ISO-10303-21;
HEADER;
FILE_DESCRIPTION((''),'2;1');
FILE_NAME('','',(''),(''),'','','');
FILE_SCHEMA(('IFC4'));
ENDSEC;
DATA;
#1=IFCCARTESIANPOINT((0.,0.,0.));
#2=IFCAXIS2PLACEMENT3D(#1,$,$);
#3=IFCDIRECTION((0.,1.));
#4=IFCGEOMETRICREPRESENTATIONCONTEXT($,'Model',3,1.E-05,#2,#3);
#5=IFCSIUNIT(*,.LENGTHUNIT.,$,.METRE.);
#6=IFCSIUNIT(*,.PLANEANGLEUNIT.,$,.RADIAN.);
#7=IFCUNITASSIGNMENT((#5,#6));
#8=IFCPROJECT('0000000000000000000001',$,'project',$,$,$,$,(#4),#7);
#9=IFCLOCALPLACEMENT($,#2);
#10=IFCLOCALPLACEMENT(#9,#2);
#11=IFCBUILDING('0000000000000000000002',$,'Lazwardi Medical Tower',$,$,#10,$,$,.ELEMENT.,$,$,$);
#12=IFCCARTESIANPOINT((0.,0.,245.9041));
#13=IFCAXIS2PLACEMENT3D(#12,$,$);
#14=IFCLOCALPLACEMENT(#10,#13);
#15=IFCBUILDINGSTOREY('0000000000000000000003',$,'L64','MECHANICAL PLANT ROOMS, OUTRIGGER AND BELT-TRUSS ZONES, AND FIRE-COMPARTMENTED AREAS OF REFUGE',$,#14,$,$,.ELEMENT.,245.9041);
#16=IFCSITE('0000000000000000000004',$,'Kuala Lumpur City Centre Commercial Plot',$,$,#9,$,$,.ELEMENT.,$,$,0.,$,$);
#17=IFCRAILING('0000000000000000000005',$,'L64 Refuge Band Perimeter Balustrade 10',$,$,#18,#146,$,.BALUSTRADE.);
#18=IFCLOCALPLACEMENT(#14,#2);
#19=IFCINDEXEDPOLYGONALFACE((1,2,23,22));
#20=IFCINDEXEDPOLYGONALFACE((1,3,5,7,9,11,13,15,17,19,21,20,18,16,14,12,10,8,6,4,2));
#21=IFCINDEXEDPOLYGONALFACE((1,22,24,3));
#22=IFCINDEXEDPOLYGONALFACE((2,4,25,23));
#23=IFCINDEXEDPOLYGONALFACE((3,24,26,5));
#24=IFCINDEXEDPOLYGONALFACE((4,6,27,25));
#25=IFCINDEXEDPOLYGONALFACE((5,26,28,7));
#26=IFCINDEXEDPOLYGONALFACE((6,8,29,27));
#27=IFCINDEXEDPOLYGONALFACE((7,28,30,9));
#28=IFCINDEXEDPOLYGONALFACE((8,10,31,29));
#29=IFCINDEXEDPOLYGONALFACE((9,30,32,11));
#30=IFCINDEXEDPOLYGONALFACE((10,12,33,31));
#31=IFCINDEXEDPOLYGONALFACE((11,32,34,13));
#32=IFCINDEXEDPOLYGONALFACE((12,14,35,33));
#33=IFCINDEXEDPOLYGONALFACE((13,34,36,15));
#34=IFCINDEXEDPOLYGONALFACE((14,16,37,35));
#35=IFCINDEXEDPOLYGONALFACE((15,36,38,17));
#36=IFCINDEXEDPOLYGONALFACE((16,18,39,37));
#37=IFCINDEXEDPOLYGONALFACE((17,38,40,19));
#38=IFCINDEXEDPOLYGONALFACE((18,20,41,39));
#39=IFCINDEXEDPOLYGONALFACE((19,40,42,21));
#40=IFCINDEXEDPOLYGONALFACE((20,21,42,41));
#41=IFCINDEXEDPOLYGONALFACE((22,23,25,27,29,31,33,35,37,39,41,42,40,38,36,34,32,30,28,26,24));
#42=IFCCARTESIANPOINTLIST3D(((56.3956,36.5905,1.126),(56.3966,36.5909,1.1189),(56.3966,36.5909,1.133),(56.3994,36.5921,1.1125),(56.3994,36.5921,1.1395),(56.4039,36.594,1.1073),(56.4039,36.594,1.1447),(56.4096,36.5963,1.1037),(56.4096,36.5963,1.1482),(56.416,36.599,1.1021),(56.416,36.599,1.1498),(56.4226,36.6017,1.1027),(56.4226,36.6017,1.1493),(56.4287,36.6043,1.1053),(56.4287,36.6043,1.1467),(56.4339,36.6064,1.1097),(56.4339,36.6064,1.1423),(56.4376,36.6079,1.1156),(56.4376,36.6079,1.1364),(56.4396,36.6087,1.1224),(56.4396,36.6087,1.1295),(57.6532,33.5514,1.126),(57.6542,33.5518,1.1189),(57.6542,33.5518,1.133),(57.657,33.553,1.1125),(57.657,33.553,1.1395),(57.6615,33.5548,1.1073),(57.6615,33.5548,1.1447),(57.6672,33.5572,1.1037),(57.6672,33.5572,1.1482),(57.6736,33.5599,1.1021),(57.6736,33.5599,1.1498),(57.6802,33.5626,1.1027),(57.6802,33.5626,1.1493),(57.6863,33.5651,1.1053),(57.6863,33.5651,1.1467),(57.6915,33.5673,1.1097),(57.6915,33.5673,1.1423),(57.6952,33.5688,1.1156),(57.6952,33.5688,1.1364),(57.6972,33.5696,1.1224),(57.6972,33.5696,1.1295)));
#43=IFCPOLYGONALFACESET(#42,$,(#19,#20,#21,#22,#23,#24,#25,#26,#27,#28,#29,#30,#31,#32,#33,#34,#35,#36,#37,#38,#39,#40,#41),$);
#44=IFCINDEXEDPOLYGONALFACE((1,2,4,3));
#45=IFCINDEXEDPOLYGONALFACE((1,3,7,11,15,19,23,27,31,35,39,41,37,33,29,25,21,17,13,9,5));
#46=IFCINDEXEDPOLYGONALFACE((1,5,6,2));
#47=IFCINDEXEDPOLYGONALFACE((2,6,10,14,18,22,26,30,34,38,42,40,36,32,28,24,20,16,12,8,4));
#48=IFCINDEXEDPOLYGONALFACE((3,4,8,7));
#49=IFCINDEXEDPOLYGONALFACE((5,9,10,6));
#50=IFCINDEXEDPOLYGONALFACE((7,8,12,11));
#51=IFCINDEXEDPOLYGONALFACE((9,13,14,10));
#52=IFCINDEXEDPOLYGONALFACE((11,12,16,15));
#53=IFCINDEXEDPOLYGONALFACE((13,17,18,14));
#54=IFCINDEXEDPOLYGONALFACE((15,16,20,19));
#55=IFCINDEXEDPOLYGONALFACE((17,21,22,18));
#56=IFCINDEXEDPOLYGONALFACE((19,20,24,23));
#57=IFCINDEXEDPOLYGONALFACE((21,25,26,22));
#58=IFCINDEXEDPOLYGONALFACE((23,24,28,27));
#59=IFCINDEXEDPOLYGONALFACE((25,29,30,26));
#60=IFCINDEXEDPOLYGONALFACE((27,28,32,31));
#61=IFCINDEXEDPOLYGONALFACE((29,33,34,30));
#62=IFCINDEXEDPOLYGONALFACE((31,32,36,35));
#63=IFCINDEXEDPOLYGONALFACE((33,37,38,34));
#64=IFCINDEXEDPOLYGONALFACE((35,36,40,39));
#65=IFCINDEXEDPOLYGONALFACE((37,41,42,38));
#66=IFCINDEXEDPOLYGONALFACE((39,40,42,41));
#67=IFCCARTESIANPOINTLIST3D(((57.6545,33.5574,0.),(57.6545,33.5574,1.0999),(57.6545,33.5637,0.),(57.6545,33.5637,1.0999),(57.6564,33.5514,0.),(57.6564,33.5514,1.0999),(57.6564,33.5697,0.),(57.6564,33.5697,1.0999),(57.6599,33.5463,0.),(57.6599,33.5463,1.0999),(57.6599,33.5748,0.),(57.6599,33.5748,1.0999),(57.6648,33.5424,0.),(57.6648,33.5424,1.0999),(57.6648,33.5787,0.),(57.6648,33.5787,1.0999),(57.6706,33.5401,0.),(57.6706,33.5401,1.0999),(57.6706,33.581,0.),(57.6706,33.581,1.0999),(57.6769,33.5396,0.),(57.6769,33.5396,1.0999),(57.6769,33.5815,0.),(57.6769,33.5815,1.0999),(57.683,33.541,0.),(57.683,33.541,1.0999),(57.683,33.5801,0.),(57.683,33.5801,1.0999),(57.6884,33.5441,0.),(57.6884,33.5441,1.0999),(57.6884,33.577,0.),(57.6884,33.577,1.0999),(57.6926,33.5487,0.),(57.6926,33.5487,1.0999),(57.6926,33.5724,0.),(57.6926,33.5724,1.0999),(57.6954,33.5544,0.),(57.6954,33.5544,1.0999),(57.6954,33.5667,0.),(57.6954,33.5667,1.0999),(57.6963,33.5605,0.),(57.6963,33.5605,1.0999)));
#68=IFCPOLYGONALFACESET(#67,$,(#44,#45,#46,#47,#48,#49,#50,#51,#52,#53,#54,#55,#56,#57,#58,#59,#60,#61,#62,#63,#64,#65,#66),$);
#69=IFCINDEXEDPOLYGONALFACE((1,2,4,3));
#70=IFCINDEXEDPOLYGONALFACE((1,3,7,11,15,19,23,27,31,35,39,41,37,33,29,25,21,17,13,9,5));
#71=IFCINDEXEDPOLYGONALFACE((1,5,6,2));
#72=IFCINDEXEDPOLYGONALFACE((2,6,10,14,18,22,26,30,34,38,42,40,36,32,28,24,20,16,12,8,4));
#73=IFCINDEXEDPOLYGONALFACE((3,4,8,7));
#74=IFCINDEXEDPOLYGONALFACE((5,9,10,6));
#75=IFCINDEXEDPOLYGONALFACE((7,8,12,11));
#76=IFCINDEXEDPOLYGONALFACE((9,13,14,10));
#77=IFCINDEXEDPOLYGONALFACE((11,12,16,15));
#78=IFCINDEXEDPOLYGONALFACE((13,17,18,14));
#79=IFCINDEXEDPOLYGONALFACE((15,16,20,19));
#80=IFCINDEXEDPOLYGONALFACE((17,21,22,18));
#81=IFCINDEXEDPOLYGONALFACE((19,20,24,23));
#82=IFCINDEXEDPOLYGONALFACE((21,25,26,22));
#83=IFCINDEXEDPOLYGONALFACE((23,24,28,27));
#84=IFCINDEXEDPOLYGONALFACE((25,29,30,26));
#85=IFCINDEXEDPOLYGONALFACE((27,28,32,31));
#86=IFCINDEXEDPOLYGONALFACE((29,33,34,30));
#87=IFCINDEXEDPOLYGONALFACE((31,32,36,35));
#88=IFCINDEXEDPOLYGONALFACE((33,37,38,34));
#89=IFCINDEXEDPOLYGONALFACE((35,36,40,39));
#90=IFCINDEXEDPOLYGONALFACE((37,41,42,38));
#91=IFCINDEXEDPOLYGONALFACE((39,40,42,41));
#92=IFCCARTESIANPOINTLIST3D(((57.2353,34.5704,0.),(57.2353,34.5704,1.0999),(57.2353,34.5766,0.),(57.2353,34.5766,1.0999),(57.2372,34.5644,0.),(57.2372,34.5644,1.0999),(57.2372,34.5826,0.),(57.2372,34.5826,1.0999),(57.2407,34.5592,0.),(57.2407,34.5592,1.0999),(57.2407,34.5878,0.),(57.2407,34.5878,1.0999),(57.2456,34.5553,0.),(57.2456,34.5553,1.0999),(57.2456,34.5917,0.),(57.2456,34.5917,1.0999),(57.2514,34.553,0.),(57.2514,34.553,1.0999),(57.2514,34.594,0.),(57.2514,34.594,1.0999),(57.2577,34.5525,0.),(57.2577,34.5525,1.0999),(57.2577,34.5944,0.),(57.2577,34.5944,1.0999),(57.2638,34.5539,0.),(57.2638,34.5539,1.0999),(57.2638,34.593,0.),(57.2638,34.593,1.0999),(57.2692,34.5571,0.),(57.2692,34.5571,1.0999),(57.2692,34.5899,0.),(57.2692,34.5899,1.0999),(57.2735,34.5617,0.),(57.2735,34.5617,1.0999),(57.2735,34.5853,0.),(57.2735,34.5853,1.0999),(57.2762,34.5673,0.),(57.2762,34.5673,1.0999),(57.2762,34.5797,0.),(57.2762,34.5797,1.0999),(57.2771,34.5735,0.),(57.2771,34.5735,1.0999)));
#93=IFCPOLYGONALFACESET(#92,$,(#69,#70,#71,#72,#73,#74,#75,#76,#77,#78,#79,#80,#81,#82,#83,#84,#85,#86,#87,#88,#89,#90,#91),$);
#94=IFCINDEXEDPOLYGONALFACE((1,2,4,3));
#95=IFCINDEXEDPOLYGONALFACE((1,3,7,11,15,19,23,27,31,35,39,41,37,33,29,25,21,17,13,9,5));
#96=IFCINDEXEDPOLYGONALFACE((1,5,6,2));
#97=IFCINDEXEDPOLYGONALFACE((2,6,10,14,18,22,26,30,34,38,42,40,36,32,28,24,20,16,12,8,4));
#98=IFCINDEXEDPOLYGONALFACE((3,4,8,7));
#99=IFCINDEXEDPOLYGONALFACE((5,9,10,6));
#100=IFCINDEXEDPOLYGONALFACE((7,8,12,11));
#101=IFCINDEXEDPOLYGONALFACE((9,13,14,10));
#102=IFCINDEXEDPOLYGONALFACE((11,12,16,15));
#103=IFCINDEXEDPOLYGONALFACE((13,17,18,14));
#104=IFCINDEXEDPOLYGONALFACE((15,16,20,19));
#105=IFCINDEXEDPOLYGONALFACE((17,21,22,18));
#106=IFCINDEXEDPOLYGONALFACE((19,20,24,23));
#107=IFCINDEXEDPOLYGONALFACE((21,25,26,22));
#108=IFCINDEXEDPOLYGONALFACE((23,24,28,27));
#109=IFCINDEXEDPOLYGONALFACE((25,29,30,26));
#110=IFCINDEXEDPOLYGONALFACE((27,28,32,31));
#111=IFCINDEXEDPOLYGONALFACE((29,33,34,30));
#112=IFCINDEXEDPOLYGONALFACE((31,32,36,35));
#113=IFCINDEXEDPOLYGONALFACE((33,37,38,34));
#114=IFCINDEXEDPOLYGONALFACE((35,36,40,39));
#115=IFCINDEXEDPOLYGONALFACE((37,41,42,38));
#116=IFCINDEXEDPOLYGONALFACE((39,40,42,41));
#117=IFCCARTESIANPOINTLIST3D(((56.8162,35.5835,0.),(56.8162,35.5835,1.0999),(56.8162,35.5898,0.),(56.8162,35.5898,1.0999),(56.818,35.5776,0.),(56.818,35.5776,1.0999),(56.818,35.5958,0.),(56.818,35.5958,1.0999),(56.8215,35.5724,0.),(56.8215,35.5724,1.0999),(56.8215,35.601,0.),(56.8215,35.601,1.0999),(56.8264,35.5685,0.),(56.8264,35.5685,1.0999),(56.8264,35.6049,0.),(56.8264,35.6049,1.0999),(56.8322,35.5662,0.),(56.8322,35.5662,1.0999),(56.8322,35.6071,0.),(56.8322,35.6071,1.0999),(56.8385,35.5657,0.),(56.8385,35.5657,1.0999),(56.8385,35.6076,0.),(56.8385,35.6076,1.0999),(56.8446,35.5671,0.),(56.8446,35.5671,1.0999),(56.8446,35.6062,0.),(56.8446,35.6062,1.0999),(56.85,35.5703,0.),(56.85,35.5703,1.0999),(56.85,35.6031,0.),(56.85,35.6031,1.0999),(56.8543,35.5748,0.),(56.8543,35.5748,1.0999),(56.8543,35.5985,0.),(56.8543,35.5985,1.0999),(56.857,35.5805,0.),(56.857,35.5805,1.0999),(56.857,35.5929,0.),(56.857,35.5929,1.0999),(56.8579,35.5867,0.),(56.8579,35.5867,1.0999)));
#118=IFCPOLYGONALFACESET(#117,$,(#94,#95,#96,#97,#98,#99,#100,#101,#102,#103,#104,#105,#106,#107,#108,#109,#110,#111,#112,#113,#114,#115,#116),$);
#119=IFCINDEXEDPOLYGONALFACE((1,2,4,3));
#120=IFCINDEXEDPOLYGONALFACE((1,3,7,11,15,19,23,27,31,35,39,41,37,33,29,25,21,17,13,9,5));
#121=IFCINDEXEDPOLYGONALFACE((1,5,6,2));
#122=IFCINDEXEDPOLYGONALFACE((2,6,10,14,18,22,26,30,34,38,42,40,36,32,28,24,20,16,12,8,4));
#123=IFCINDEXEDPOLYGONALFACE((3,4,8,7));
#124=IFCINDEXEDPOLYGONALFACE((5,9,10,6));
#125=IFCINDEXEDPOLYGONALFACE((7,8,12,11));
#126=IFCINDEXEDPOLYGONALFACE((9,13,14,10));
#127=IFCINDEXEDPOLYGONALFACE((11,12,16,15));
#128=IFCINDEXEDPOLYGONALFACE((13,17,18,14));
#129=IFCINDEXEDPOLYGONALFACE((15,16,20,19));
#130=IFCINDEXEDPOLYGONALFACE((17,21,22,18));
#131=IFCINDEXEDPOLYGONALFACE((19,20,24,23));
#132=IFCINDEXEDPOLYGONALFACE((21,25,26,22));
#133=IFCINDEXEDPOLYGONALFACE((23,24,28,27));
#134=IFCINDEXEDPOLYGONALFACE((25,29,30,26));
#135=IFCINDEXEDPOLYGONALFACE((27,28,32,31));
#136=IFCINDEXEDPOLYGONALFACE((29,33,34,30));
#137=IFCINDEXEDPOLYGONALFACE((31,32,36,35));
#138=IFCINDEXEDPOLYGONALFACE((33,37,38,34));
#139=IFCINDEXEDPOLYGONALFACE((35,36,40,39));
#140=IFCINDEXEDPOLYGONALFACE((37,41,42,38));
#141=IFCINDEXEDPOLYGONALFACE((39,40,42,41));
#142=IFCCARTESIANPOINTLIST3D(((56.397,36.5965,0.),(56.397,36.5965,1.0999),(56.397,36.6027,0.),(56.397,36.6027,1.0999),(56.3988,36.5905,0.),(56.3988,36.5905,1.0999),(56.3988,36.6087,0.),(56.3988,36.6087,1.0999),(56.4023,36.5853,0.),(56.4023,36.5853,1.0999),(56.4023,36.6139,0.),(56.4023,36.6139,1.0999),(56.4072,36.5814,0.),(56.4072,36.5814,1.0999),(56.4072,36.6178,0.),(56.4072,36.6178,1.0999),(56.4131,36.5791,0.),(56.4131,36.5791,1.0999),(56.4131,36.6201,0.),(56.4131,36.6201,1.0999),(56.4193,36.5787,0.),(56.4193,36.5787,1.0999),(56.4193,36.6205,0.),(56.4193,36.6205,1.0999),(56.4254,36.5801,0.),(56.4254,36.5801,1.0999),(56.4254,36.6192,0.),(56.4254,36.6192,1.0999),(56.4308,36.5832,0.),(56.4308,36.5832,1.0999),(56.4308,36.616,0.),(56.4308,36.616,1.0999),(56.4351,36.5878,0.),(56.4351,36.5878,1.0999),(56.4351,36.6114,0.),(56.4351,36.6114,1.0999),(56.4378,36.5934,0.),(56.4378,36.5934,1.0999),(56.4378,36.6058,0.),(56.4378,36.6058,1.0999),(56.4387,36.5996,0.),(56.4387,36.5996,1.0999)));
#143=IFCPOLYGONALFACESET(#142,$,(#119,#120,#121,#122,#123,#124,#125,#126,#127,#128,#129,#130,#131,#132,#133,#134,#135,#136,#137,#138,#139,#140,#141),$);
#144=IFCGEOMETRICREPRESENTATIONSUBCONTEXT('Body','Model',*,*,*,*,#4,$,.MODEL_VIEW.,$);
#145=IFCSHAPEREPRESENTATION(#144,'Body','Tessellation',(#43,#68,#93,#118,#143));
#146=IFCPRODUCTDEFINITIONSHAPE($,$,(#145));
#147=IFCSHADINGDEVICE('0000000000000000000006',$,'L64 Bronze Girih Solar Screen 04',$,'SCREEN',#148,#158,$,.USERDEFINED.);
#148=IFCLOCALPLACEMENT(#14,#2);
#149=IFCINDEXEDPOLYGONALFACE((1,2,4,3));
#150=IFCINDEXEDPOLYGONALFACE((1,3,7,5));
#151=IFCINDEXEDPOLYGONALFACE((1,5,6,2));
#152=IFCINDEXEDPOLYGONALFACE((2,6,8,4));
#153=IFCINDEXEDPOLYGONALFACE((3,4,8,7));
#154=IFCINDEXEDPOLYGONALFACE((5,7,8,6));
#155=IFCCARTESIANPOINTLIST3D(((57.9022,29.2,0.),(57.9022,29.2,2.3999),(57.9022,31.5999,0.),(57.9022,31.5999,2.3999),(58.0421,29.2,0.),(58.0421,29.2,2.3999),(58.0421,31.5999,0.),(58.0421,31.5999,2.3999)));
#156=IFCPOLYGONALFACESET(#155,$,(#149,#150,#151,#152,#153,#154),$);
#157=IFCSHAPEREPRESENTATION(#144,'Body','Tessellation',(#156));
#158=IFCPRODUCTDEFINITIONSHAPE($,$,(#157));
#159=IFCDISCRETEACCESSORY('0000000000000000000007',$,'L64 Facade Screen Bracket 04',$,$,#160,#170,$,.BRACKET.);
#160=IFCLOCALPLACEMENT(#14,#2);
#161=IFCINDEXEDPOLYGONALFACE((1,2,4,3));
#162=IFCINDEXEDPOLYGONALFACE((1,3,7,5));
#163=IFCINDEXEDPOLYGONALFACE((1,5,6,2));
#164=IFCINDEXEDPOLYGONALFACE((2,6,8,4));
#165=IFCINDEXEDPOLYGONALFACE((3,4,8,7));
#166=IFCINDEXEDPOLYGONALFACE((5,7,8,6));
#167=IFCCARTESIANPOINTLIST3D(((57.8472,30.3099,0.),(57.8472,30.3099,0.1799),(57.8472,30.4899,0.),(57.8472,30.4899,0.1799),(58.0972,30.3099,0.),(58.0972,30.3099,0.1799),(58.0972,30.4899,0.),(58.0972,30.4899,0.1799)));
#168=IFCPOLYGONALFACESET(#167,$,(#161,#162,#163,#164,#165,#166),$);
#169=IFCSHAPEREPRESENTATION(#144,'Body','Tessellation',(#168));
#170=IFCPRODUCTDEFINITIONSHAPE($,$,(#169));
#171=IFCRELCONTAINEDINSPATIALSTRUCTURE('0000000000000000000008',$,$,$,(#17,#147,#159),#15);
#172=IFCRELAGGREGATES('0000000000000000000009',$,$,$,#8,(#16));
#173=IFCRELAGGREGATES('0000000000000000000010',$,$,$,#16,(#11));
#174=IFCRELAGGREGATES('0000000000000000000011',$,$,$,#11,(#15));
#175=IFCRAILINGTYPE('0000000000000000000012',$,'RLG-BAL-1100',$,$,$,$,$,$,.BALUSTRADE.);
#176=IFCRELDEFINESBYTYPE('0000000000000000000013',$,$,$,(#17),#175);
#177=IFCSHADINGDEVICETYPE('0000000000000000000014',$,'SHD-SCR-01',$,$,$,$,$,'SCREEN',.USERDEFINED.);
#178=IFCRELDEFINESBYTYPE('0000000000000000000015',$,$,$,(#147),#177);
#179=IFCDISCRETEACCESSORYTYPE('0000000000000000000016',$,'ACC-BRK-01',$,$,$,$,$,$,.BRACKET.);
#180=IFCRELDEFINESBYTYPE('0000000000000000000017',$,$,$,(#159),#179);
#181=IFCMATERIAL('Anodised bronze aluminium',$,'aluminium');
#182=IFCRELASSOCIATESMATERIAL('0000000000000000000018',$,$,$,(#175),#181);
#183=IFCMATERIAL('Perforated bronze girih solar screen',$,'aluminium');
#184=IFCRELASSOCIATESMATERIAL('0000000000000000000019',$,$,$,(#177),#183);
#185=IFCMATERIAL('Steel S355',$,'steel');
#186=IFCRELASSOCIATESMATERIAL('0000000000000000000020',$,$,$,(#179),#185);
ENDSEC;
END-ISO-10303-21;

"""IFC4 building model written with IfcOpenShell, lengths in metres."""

from ifc_helpers import new_model, si_unit, direction, frame, origin, origin_2d, place, context, subcontext, project, spatial, rectangle, circle, extrude, material, type_object, element, save


model = new_model("IFC4")

# Units and contexts
model_context = context("Model", 3, precision=1e-05, world=origin(), true_north=direction((0.0, 1.0)))
body_context = subcontext(model_context, "Body", "Model", "MODEL_VIEW")
ifc_project = project(units=[si_unit("LENGTHUNIT", "METRE"), si_unit("PLANEANGLEUNIT", "RADIAN")], contexts=[model_context])

# Site, building, storey
site_placement = place(None, origin())
site = spatial("IfcSite", under=ifc_project, at=site_placement, Name="Kuala Lumpur City Centre Commercial Plot", CompositionType="ELEMENT", RefElevation=0.0)
building_placement = place(site_placement, origin())
building = spatial("IfcBuilding", under=site, at=building_placement, Name="Lazwardi Medical Tower", CompositionType="ELEMENT")
storey_placement = place(building_placement, frame((0.0, 0.0, 245.9041)))
storey = spatial("IfcBuildingStorey", under=building, at=storey_placement, Name="L64", Description="MECHANICAL PLANT ROOMS, OUTRIGGER AND BELT-TRUSS ZONES, AND FIRE-COMPARTMENTED AREAS OF REFUGE", CompositionType="ELEMENT", Elevation=245.9041)

# Shared definitions
ifc_material_1 = material(Name="Steel S355", Category="steel")

# Railing
ifc_material_2 = material(Name="Anodised bronze aluminium", Category="aluminium")
railing_type = type_object("IfcRailingType", Name="RLG-BAL-1100", PredefinedType="BALUSTRADE", material=ifc_material_2)
railing_1_placement = place(storey_placement, frame((57.6753, 33.5605, 0.0)))
element("IfcRailing", 1, at=railing_1_placement, inside=storey, type_object=railing_type, Name="L64 Refuge Band Perimeter Balustrade 10", PredefinedType="BALUSTRADE", context=body_context, shape_type="SweptSolid", body=[
    extrude(circle(Radius=0.0239, at=origin_2d()), frame((0.0, 0.0, 1.126), z_axis=(-0.382358, 0.924014, 0.0), x_axis=(-0.924014, -0.382358, 0.0)), (0.0, 0.0, 1.0), 3.2891),
    extrude(circle(Radius=0.021, at=origin_2d()), origin(), (0.0, 0.0, 1.0), 1.0999),
    extrude(circle(Radius=0.021, at=origin_2d()), frame((-0.4192, 1.0129, 0.0)), (0.0, 0.0, 1.0), 1.0999),
    extrude(circle(Radius=0.021, at=origin_2d()), frame((-0.8384, 2.0261, 0.0)), (0.0, 0.0, 1.0), 1.0999),
    extrude(circle(Radius=0.021, at=origin_2d()), frame((-1.2576, 3.0391, 0.0)), (0.0, 0.0, 1.0), 1.0999),
])

# Shading device
ifc_material_3 = material(Name="Perforated bronze girih solar screen", Category="aluminium")
shading_device_type = type_object("IfcShadingDeviceType", Name="SHD-SCR-01", ElementType="SCREEN", PredefinedType="USERDEFINED", material=ifc_material_3)
shading_device_placement = place(storey_placement, frame((57.9722, 30.3999, 0.0), z_axis=(0.0, 0.0, 1.0), x_axis=(0.0, 1.0, 0.0)))
element("IfcShadingDevice", 2, at=shading_device_placement, inside=storey, type_object=shading_device_type, Name="L64 Bronze Girih Solar Screen 04", ObjectType="SCREEN", PredefinedType="USERDEFINED", context=body_context, shape_type="SweptSolid", body=[
    extrude(rectangle(XDim=2.3999, YDim=0.1399, at=origin_2d()), origin(), (0.0, 0.0, 1.0), 2.3999),
])

# Discrete accessory
discrete_accessory_type = type_object("IfcDiscreteAccessoryType", Name="ACC-BRK-01", PredefinedType="BRACKET", material=ifc_material_1)
discrete_accessory_placement = place(storey_placement, frame((57.9722, 30.3999, 0.0), z_axis=(0.0, 0.0, 1.0), x_axis=(0.0, 1.0, 0.0)))
element("IfcDiscreteAccessory", 3, at=discrete_accessory_placement, inside=storey, type_object=discrete_accessory_type, Name="L64 Facade Screen Bracket 04", PredefinedType="BRACKET", context=body_context, shape_type="SweptSolid", body=[
    extrude(rectangle(XDim=0.1799, YDim=0.25, at=origin_2d()), origin(), (0.0, 0.0, 1.0), 0.1799),
])

save(model, "model.ifc")
